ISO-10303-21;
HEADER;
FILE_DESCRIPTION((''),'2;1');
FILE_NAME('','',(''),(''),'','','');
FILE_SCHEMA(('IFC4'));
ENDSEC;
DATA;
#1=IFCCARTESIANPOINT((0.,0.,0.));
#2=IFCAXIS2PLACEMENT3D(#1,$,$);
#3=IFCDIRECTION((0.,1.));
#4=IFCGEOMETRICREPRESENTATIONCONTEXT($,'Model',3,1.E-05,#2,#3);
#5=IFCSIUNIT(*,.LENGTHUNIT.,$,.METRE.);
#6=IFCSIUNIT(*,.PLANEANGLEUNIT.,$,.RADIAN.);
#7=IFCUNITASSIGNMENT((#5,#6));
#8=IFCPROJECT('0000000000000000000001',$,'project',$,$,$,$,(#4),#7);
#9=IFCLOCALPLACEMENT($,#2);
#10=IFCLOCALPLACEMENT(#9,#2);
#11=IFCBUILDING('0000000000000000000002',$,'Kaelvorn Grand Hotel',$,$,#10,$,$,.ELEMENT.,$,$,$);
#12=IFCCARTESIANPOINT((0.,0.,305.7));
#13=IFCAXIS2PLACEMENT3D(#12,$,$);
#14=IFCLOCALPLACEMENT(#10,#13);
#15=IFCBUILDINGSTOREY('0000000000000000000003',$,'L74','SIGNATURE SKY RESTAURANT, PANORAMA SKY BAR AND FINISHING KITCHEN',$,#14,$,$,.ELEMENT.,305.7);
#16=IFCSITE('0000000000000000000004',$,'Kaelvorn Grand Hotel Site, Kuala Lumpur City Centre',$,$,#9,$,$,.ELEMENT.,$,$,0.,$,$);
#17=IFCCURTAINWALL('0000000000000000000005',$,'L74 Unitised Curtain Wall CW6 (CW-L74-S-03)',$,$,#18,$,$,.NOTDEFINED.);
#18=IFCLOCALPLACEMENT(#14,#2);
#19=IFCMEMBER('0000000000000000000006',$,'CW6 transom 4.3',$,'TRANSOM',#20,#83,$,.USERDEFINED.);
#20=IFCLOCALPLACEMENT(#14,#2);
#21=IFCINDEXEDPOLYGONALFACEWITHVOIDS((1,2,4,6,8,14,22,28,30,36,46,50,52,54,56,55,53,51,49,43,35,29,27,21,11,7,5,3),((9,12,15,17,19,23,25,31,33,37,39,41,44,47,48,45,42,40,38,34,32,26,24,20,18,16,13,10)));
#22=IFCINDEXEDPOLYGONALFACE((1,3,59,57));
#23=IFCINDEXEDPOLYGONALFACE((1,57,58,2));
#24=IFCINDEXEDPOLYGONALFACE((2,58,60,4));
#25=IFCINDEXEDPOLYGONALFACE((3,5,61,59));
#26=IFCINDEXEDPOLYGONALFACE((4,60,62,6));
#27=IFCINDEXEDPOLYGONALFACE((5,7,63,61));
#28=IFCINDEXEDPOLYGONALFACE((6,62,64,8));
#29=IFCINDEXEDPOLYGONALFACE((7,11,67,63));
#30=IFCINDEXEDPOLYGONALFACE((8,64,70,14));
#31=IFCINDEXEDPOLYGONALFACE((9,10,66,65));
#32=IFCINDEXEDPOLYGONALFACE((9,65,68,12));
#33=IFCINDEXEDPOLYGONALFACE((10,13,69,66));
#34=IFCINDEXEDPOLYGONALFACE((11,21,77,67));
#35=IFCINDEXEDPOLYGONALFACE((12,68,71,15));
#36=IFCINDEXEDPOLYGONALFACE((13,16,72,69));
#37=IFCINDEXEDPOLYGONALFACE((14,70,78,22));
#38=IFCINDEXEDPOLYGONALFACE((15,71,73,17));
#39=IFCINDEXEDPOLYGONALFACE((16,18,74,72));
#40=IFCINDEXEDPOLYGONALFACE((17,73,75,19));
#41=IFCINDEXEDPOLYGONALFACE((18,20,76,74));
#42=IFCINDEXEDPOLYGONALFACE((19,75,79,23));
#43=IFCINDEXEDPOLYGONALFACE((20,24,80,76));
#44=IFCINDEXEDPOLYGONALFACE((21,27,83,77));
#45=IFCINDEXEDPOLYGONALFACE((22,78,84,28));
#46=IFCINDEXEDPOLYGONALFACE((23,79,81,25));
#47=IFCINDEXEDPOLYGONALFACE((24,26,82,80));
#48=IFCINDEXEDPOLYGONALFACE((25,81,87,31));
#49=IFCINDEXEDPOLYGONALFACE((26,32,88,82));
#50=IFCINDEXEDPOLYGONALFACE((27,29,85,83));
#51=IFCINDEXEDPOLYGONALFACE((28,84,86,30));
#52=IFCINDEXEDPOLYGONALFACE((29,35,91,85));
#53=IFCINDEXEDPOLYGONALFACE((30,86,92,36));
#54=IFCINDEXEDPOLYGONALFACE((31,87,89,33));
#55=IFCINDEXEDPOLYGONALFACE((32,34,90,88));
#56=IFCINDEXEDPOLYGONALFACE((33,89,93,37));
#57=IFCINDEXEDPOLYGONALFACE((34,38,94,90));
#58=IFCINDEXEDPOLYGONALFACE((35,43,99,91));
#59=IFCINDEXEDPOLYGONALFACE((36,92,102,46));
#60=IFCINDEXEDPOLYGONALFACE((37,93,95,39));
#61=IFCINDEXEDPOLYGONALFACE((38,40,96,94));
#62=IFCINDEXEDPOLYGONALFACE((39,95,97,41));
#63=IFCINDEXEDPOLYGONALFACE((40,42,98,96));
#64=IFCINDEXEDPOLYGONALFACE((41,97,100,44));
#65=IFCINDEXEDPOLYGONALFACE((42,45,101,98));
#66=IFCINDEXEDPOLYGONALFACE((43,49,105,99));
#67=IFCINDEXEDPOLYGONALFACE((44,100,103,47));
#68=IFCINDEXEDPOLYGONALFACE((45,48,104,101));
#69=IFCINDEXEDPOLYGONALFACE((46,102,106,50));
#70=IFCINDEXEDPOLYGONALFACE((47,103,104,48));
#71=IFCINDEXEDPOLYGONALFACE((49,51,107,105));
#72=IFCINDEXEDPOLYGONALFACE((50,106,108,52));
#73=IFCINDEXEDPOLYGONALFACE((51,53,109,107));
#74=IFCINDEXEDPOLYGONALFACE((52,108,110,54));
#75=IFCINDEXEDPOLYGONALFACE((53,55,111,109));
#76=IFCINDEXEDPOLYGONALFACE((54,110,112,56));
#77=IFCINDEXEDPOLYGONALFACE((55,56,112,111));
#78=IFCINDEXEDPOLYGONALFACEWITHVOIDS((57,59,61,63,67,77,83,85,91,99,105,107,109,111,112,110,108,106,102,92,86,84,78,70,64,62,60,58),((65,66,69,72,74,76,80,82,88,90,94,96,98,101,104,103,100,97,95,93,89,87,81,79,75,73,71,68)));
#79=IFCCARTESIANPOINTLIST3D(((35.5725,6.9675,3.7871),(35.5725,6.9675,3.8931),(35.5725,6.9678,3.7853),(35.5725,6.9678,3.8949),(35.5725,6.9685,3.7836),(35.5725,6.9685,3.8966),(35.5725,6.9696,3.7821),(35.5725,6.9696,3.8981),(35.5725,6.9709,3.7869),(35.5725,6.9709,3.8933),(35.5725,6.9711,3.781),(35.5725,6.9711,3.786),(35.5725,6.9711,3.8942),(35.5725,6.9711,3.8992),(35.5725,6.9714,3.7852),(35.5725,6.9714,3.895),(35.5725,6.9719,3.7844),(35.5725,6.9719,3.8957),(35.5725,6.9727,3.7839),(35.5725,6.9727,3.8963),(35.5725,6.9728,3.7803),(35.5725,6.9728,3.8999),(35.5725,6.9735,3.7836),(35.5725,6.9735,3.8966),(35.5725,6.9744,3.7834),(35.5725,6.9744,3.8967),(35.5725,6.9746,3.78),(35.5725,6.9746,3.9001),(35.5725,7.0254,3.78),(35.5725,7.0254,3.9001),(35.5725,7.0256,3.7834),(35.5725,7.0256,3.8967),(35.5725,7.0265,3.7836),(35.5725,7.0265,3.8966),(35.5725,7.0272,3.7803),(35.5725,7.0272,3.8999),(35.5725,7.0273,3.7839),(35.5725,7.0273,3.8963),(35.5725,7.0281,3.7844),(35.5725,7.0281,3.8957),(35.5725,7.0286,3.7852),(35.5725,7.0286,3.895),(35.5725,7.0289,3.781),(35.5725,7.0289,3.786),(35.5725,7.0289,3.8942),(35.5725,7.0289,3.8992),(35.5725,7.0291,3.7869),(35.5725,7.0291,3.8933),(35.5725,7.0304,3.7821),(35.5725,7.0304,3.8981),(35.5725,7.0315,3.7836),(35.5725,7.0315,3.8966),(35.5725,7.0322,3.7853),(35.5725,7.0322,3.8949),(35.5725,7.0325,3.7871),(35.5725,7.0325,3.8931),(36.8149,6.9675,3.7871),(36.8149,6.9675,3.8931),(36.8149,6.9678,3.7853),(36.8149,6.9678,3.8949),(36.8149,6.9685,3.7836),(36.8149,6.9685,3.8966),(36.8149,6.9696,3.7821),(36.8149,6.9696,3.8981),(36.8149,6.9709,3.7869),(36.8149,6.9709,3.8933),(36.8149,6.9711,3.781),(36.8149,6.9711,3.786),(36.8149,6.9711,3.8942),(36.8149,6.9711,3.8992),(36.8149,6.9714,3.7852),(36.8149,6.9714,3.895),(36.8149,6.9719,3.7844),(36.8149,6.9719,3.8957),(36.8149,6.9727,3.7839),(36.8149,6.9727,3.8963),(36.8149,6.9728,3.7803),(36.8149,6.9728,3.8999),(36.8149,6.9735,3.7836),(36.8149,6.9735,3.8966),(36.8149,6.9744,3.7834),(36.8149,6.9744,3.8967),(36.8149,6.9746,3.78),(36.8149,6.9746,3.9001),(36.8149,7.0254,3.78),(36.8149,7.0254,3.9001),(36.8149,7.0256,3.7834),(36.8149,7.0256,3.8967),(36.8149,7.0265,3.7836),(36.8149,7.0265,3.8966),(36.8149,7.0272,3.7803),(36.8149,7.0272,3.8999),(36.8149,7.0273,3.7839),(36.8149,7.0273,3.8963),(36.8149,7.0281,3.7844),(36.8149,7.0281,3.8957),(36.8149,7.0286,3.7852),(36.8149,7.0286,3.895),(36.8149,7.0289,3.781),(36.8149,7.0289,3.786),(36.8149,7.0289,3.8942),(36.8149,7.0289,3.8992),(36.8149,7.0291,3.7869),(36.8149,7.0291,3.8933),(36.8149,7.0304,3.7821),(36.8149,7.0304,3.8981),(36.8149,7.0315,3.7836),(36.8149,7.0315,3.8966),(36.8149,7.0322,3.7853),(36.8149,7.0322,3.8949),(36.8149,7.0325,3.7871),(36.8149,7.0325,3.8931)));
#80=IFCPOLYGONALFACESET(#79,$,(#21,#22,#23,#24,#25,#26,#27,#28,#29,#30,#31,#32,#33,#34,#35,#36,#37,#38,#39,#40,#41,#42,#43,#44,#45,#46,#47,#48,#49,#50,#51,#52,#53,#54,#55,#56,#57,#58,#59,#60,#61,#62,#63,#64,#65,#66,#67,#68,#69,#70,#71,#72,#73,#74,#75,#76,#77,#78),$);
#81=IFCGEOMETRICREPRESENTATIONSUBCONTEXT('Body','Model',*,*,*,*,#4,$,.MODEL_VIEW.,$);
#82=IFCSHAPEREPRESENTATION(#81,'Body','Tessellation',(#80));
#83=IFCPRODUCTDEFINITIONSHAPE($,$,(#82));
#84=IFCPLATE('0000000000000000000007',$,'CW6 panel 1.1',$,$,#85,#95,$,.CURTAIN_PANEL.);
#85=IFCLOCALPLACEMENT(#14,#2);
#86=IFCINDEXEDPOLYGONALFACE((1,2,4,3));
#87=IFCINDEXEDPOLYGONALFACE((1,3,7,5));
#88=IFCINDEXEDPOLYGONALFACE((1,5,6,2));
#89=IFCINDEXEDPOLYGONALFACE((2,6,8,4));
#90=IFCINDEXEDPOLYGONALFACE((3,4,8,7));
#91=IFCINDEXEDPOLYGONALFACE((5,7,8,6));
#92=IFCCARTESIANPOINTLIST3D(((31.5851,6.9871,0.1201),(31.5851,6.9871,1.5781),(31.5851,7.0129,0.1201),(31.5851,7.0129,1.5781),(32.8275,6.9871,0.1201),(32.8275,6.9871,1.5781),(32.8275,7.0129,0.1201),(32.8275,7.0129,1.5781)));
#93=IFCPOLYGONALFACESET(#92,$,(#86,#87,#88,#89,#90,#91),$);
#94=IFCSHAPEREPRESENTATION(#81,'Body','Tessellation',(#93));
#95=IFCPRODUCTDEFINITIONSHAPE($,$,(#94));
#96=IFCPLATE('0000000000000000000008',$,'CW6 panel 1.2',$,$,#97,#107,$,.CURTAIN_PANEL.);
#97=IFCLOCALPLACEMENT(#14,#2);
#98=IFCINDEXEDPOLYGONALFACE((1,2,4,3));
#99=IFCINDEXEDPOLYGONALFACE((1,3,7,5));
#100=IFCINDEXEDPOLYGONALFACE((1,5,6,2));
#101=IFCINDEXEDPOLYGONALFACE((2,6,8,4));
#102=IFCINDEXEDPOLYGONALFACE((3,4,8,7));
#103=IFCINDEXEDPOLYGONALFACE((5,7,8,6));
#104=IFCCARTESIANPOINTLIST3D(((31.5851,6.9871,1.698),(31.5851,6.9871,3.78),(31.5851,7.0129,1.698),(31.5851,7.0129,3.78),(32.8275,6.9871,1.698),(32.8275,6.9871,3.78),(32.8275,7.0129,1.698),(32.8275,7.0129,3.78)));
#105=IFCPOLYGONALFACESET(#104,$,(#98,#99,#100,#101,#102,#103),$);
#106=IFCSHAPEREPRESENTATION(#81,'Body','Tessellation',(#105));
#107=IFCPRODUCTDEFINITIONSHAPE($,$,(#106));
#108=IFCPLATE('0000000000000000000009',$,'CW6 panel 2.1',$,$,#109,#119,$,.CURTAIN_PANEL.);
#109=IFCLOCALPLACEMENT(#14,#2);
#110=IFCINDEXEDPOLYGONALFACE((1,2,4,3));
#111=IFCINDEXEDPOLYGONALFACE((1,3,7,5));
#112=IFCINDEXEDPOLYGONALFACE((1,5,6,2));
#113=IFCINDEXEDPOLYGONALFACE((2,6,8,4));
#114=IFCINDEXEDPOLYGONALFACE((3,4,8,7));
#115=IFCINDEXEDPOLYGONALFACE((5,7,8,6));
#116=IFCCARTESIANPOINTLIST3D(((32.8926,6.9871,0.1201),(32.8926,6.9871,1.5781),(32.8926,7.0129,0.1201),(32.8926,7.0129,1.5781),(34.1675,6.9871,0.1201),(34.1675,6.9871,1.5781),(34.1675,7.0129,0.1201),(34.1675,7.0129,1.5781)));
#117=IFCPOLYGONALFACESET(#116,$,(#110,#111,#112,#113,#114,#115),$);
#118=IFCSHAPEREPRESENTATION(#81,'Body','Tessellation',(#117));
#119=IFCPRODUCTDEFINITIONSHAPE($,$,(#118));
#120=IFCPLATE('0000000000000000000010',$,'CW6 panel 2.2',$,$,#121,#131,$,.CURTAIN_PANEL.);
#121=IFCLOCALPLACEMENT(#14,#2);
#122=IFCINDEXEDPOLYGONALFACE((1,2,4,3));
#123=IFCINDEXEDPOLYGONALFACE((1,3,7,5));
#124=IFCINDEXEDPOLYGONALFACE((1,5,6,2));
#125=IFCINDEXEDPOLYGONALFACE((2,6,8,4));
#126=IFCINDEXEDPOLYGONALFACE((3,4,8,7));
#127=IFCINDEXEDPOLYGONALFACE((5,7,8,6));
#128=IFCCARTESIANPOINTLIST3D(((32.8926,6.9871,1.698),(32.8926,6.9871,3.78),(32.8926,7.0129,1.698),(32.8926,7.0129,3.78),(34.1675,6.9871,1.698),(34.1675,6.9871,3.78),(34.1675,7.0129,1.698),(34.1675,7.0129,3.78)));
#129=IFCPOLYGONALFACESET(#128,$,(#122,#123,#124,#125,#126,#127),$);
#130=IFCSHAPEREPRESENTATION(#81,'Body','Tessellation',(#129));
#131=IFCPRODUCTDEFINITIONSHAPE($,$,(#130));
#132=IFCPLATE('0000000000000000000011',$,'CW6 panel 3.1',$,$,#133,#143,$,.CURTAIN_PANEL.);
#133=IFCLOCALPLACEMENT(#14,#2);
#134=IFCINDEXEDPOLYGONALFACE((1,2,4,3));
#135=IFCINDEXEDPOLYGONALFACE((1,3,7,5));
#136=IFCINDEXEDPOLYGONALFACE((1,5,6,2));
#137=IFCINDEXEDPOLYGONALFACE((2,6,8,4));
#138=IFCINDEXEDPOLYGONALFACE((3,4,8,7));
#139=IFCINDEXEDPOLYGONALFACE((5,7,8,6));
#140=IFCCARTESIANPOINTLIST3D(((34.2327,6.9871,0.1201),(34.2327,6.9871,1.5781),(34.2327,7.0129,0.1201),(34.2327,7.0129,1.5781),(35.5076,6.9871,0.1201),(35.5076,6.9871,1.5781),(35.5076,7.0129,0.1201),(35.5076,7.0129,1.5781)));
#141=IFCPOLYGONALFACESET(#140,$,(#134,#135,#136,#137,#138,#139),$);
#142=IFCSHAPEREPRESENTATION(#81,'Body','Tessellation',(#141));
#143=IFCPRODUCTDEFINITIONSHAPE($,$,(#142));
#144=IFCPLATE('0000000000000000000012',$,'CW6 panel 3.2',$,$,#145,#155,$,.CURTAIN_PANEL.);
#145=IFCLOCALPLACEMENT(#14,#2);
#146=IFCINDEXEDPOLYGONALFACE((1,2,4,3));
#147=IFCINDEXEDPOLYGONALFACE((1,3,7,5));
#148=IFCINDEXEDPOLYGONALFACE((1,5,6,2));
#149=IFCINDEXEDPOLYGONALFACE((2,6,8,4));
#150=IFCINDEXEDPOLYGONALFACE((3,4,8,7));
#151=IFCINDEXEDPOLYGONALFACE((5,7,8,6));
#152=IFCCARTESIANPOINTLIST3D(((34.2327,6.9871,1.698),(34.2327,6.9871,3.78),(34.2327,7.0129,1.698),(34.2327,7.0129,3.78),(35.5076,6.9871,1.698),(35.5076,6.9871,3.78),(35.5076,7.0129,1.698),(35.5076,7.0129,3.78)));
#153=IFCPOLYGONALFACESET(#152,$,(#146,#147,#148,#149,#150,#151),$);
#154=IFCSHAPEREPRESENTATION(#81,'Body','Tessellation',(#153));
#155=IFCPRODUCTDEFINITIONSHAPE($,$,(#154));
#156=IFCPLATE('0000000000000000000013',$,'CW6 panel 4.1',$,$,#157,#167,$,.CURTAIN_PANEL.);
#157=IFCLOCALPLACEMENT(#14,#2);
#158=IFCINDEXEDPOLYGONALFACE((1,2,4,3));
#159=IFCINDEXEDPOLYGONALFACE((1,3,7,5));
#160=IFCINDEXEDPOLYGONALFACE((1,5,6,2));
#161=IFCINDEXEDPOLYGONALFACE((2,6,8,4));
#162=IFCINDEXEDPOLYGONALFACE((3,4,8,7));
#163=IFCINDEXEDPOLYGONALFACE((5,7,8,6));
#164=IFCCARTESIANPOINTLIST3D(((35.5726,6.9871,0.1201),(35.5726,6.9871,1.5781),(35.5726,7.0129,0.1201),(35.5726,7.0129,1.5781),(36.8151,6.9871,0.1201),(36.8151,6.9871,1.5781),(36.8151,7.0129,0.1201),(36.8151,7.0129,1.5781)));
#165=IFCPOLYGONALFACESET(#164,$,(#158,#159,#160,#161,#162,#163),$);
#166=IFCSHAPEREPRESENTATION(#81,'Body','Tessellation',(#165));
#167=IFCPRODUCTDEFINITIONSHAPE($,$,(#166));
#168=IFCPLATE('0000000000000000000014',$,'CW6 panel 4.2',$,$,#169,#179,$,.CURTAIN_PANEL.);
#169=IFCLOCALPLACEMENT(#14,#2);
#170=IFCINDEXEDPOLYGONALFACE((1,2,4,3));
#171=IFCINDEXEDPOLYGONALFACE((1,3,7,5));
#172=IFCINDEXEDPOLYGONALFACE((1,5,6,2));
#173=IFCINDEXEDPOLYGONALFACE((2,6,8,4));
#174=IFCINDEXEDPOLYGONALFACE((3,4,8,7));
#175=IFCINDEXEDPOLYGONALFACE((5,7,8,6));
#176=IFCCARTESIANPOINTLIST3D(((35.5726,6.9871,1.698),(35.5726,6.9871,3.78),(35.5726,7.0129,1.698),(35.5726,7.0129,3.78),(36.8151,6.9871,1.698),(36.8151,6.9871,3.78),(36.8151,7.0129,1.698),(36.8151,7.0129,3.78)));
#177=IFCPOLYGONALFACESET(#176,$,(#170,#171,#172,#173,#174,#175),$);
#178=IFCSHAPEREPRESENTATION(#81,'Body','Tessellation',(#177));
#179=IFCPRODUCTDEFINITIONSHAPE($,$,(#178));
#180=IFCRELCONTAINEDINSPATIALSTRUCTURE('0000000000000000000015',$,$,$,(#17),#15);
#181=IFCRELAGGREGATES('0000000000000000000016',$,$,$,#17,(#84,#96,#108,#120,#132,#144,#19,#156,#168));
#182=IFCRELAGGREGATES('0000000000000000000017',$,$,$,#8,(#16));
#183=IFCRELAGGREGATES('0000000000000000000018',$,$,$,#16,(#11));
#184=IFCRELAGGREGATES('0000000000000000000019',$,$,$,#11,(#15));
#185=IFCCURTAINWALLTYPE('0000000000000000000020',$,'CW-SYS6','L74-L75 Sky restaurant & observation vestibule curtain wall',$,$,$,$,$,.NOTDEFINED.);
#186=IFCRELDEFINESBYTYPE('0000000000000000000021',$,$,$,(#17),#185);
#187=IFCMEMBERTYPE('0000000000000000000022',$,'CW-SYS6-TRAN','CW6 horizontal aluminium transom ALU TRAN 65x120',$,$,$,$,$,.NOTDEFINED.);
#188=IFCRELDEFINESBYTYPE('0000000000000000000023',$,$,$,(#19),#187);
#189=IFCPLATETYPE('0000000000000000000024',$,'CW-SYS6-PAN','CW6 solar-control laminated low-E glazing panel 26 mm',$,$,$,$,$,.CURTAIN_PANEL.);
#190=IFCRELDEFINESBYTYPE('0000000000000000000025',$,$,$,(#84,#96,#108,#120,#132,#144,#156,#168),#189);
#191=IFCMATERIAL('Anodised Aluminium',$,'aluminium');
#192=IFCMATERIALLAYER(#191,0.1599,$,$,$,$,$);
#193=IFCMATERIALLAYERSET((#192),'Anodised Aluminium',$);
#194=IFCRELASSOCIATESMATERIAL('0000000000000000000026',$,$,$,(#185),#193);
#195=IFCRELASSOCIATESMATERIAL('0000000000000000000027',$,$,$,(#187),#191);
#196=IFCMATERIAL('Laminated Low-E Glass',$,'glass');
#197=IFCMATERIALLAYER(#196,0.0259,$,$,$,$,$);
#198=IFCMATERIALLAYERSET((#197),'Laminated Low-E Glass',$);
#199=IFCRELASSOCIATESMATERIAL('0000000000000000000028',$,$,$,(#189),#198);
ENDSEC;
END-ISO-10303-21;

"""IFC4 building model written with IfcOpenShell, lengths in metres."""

from ifc_helpers import new_model, si_unit, direction, frame, origin, origin_2d, place, context, subcontext, project, spatial, rectangle, hollow_rectangle, extrude, material, layer, layer_set, material_profile, profile_set, type_object, element, aggregate, save


model = new_model("IFC4")

# Units and contexts
model_context = context("Model", 3, precision=1e-05, world=origin(), true_north=direction((0.0, 1.0)))
body_context = subcontext(model_context, "Body", "Model", "MODEL_VIEW")
ifc_project = project(units=[si_unit("LENGTHUNIT", "METRE"), si_unit("PLANEANGLEUNIT", "RADIAN")], contexts=[model_context])

# Site, building, storey
site_placement = place(None, origin())
site = spatial("IfcSite", under=ifc_project, at=site_placement, Name="Kaelvorn Grand Hotel Site, Kuala Lumpur City Centre", CompositionType="ELEMENT", RefElevation=0.0)
building_placement = place(site_placement, origin())
building = spatial("IfcBuilding", under=site, at=building_placement, Name="Kaelvorn Grand Hotel", CompositionType="ELEMENT")
storey_placement = place(building_placement, frame((0.0, 0.0, 305.7)))
storey = spatial("IfcBuildingStorey", under=building, at=storey_placement, Name="L74", Description="SIGNATURE SKY RESTAURANT, PANORAMA SKY BAR AND FINISHING KITCHEN", CompositionType="ELEMENT", Elevation=305.7)

# Curtain wall, member, plates
ifc_material_1 = material(Name="Anodised Aluminium", Category="aluminium")
ifc_layer_1 = layer(ifc_material_1, 0.1599)
ifc_layer_set_1 = layer_set([ifc_layer_1], Name="Anodised Aluminium")
curtain_wall_type = type_object("IfcCurtainWallType", Name="CW-SYS6", Description="L74-L75 Sky restaurant & observation vestibule curtain wall", PredefinedType="NOTDEFINED", material=ifc_layer_set_1)
curtain_wall_placement = place(storey_placement, origin())
curtain_wall = element("IfcCurtainWall", 1, at=curtain_wall_placement, inside=storey, type_object=curtain_wall_type, Name="L74 Unitised Curtain Wall CW6 (CW-L74-S-03)", PredefinedType="NOTDEFINED")
ifc_material_profile_1 = material_profile(ifc_material_1, hollow_rectangle(XDim=0.0649, YDim=0.1201, WallThickness=0.0034, InnerFilletRadius=0.0034, OuterFilletRadius=0.0071, at=origin_2d()), Name="ALU TRAN 65x120")
ifc_profile_set_1 = profile_set([ifc_material_profile_1], Name="Anodised Aluminium")
member_type_1 = type_object("IfcMemberType", Name="CW-SYS6-TRAN", Description="CW6 horizontal aluminium transom ALU TRAN 65x120", PredefinedType="NOTDEFINED", material=ifc_profile_set_1)
member_1_placement = place(storey_placement, frame((35.5725, 7.0, 3.8401), z_axis=(1.0, 0.0, 0.0), x_axis=(0.0, 1.0, 0.0)))
member_1 = element("IfcMember", 2, at=member_1_placement, type_object=member_type_1, Name="CW6 transom 4.3", ObjectType="TRANSOM", PredefinedType="USERDEFINED", context=body_context, shape_type="SweptSolid", body=[
    extrude(hollow_rectangle(XDim=0.0649, YDim=0.1201, WallThickness=0.0034, InnerFilletRadius=0.0034, OuterFilletRadius=0.0071, at=origin_2d()), origin(), (0.0, 0.0, 1.0), 1.2424),
])
ifc_material_2 = material(Name="Laminated Low-E Glass", Category="glass")
ifc_layer_2 = layer(ifc_material_2, 0.0259)
ifc_layer_set_2 = layer_set([ifc_layer_2], Name="Laminated Low-E Glass")
plate_type = type_object("IfcPlateType", Name="CW-SYS6-PAN", Description="CW6 solar-control laminated low-E glazing panel 26 mm", PredefinedType="CURTAIN_PANEL", material=ifc_layer_set_2)
plate_1_placement = place(storey_placement, frame((32.2063, 7.0, 0.1201), z_axis=(0.0, 0.0, 1.0), x_axis=(1.0, 0.0, 0.0)))
plate_1 = element("IfcPlate", 3, at=plate_1_placement, type_object=plate_type, Name="CW6 panel 1.1", PredefinedType="CURTAIN_PANEL", context=body_context, shape_type="SweptSolid", body=[
    extrude(rectangle(XDim=1.2424, YDim=0.0259, at=origin_2d()), origin(), (0.0, 0.0, 1.0), 1.458),
])
plate_2_placement = place(storey_placement, frame((32.2063, 7.0, 1.698), z_axis=(0.0, 0.0, 1.0), x_axis=(1.0, 0.0, 0.0)))
plate_2 = element("IfcPlate", 4, at=plate_2_placement, type_object=plate_type, Name="CW6 panel 1.2", PredefinedType="CURTAIN_PANEL", context=body_context, shape_type="SweptSolid", body=[
    extrude(rectangle(XDim=1.2424, YDim=0.0259, at=origin_2d()), origin(), (0.0, 0.0, 1.0), 2.082),
])
plate_3_placement = place(storey_placement, frame((33.53, 7.0, 0.1201), z_axis=(0.0, 0.0, 1.0), x_axis=(1.0, 0.0, 0.0)))
plate_3 = element("IfcPlate", 5, at=plate_3_placement, type_object=plate_type, Name="CW6 panel 2.1", PredefinedType="CURTAIN_PANEL", context=body_context, shape_type="SweptSolid", body=[
    extrude(rectangle(XDim=1.2749, YDim=0.0259, at=origin_2d()), origin(), (0.0, 0.0, 1.0), 1.458),
])
plate_4_placement = place(storey_placement, frame((33.53, 7.0, 1.698), z_axis=(0.0, 0.0, 1.0), x_axis=(1.0, 0.0, 0.0)))
plate_4 = element("IfcPlate", 6, at=plate_4_placement, type_object=plate_type, Name="CW6 panel 2.2", PredefinedType="CURTAIN_PANEL", context=body_context, shape_type="SweptSolid", body=[
    extrude(rectangle(XDim=1.2749, YDim=0.0259, at=origin_2d()), origin(), (0.0, 0.0, 1.0), 2.082),
])
plate_5_placement = place(storey_placement, frame((34.8701, 7.0, 0.1201), z_axis=(0.0, 0.0, 1.0), x_axis=(1.0, 0.0, 0.0)))
plate_5 = element("IfcPlate", 7, at=plate_5_placement, type_object=plate_type, Name="CW6 panel 3.1", PredefinedType="CURTAIN_PANEL", context=body_context, shape_type="SweptSolid", body=[
    extrude(rectangle(XDim=1.2749, YDim=0.0259, at=origin_2d()), origin(), (0.0, 0.0, 1.0), 1.458),
])
plate_6_placement = place(storey_placement, frame((34.8701, 7.0, 1.698), z_axis=(0.0, 0.0, 1.0), x_axis=(1.0, 0.0, 0.0)))
plate_6 = element("IfcPlate", 8, at=plate_6_placement, type_object=plate_type, Name="CW6 panel 3.2", PredefinedType="CURTAIN_PANEL", context=body_context, shape_type="SweptSolid", body=[
    extrude(rectangle(XDim=1.2749, YDim=0.0259, at=origin_2d()), origin(), (0.0, 0.0, 1.0), 2.082),
])
plate_7_placement = place(storey_placement, frame((36.1938, 7.0, 0.1201), z_axis=(0.0, 0.0, 1.0), x_axis=(1.0, 0.0, 0.0)))
plate_7 = element("IfcPlate", 9, at=plate_7_placement, type_object=plate_type, Name="CW6 panel 4.1", PredefinedType="CURTAIN_PANEL", context=body_context, shape_type="SweptSolid", body=[
    extrude(rectangle(XDim=1.2424, YDim=0.0259, at=origin_2d()), origin(), (0.0, 0.0, 1.0), 1.458),
])
plate_8_placement = place(storey_placement, frame((36.1938, 7.0, 1.698), z_axis=(0.0, 0.0, 1.0), x_axis=(1.0, 0.0, 0.0)))
plate_8 = element("IfcPlate", 10, at=plate_8_placement, type_object=plate_type, Name="CW6 panel 4.2", PredefinedType="CURTAIN_PANEL", context=body_context, shape_type="SweptSolid", body=[
    extrude(rectangle(XDim=1.2424, YDim=0.0259, at=origin_2d()), origin(), (0.0, 0.0, 1.0), 2.082),
])
aggregate(curtain_wall, [plate_1, plate_2, plate_3, plate_4, plate_5, plate_6, member_1, plate_7, plate_8])

save(model, "model.ifc")
